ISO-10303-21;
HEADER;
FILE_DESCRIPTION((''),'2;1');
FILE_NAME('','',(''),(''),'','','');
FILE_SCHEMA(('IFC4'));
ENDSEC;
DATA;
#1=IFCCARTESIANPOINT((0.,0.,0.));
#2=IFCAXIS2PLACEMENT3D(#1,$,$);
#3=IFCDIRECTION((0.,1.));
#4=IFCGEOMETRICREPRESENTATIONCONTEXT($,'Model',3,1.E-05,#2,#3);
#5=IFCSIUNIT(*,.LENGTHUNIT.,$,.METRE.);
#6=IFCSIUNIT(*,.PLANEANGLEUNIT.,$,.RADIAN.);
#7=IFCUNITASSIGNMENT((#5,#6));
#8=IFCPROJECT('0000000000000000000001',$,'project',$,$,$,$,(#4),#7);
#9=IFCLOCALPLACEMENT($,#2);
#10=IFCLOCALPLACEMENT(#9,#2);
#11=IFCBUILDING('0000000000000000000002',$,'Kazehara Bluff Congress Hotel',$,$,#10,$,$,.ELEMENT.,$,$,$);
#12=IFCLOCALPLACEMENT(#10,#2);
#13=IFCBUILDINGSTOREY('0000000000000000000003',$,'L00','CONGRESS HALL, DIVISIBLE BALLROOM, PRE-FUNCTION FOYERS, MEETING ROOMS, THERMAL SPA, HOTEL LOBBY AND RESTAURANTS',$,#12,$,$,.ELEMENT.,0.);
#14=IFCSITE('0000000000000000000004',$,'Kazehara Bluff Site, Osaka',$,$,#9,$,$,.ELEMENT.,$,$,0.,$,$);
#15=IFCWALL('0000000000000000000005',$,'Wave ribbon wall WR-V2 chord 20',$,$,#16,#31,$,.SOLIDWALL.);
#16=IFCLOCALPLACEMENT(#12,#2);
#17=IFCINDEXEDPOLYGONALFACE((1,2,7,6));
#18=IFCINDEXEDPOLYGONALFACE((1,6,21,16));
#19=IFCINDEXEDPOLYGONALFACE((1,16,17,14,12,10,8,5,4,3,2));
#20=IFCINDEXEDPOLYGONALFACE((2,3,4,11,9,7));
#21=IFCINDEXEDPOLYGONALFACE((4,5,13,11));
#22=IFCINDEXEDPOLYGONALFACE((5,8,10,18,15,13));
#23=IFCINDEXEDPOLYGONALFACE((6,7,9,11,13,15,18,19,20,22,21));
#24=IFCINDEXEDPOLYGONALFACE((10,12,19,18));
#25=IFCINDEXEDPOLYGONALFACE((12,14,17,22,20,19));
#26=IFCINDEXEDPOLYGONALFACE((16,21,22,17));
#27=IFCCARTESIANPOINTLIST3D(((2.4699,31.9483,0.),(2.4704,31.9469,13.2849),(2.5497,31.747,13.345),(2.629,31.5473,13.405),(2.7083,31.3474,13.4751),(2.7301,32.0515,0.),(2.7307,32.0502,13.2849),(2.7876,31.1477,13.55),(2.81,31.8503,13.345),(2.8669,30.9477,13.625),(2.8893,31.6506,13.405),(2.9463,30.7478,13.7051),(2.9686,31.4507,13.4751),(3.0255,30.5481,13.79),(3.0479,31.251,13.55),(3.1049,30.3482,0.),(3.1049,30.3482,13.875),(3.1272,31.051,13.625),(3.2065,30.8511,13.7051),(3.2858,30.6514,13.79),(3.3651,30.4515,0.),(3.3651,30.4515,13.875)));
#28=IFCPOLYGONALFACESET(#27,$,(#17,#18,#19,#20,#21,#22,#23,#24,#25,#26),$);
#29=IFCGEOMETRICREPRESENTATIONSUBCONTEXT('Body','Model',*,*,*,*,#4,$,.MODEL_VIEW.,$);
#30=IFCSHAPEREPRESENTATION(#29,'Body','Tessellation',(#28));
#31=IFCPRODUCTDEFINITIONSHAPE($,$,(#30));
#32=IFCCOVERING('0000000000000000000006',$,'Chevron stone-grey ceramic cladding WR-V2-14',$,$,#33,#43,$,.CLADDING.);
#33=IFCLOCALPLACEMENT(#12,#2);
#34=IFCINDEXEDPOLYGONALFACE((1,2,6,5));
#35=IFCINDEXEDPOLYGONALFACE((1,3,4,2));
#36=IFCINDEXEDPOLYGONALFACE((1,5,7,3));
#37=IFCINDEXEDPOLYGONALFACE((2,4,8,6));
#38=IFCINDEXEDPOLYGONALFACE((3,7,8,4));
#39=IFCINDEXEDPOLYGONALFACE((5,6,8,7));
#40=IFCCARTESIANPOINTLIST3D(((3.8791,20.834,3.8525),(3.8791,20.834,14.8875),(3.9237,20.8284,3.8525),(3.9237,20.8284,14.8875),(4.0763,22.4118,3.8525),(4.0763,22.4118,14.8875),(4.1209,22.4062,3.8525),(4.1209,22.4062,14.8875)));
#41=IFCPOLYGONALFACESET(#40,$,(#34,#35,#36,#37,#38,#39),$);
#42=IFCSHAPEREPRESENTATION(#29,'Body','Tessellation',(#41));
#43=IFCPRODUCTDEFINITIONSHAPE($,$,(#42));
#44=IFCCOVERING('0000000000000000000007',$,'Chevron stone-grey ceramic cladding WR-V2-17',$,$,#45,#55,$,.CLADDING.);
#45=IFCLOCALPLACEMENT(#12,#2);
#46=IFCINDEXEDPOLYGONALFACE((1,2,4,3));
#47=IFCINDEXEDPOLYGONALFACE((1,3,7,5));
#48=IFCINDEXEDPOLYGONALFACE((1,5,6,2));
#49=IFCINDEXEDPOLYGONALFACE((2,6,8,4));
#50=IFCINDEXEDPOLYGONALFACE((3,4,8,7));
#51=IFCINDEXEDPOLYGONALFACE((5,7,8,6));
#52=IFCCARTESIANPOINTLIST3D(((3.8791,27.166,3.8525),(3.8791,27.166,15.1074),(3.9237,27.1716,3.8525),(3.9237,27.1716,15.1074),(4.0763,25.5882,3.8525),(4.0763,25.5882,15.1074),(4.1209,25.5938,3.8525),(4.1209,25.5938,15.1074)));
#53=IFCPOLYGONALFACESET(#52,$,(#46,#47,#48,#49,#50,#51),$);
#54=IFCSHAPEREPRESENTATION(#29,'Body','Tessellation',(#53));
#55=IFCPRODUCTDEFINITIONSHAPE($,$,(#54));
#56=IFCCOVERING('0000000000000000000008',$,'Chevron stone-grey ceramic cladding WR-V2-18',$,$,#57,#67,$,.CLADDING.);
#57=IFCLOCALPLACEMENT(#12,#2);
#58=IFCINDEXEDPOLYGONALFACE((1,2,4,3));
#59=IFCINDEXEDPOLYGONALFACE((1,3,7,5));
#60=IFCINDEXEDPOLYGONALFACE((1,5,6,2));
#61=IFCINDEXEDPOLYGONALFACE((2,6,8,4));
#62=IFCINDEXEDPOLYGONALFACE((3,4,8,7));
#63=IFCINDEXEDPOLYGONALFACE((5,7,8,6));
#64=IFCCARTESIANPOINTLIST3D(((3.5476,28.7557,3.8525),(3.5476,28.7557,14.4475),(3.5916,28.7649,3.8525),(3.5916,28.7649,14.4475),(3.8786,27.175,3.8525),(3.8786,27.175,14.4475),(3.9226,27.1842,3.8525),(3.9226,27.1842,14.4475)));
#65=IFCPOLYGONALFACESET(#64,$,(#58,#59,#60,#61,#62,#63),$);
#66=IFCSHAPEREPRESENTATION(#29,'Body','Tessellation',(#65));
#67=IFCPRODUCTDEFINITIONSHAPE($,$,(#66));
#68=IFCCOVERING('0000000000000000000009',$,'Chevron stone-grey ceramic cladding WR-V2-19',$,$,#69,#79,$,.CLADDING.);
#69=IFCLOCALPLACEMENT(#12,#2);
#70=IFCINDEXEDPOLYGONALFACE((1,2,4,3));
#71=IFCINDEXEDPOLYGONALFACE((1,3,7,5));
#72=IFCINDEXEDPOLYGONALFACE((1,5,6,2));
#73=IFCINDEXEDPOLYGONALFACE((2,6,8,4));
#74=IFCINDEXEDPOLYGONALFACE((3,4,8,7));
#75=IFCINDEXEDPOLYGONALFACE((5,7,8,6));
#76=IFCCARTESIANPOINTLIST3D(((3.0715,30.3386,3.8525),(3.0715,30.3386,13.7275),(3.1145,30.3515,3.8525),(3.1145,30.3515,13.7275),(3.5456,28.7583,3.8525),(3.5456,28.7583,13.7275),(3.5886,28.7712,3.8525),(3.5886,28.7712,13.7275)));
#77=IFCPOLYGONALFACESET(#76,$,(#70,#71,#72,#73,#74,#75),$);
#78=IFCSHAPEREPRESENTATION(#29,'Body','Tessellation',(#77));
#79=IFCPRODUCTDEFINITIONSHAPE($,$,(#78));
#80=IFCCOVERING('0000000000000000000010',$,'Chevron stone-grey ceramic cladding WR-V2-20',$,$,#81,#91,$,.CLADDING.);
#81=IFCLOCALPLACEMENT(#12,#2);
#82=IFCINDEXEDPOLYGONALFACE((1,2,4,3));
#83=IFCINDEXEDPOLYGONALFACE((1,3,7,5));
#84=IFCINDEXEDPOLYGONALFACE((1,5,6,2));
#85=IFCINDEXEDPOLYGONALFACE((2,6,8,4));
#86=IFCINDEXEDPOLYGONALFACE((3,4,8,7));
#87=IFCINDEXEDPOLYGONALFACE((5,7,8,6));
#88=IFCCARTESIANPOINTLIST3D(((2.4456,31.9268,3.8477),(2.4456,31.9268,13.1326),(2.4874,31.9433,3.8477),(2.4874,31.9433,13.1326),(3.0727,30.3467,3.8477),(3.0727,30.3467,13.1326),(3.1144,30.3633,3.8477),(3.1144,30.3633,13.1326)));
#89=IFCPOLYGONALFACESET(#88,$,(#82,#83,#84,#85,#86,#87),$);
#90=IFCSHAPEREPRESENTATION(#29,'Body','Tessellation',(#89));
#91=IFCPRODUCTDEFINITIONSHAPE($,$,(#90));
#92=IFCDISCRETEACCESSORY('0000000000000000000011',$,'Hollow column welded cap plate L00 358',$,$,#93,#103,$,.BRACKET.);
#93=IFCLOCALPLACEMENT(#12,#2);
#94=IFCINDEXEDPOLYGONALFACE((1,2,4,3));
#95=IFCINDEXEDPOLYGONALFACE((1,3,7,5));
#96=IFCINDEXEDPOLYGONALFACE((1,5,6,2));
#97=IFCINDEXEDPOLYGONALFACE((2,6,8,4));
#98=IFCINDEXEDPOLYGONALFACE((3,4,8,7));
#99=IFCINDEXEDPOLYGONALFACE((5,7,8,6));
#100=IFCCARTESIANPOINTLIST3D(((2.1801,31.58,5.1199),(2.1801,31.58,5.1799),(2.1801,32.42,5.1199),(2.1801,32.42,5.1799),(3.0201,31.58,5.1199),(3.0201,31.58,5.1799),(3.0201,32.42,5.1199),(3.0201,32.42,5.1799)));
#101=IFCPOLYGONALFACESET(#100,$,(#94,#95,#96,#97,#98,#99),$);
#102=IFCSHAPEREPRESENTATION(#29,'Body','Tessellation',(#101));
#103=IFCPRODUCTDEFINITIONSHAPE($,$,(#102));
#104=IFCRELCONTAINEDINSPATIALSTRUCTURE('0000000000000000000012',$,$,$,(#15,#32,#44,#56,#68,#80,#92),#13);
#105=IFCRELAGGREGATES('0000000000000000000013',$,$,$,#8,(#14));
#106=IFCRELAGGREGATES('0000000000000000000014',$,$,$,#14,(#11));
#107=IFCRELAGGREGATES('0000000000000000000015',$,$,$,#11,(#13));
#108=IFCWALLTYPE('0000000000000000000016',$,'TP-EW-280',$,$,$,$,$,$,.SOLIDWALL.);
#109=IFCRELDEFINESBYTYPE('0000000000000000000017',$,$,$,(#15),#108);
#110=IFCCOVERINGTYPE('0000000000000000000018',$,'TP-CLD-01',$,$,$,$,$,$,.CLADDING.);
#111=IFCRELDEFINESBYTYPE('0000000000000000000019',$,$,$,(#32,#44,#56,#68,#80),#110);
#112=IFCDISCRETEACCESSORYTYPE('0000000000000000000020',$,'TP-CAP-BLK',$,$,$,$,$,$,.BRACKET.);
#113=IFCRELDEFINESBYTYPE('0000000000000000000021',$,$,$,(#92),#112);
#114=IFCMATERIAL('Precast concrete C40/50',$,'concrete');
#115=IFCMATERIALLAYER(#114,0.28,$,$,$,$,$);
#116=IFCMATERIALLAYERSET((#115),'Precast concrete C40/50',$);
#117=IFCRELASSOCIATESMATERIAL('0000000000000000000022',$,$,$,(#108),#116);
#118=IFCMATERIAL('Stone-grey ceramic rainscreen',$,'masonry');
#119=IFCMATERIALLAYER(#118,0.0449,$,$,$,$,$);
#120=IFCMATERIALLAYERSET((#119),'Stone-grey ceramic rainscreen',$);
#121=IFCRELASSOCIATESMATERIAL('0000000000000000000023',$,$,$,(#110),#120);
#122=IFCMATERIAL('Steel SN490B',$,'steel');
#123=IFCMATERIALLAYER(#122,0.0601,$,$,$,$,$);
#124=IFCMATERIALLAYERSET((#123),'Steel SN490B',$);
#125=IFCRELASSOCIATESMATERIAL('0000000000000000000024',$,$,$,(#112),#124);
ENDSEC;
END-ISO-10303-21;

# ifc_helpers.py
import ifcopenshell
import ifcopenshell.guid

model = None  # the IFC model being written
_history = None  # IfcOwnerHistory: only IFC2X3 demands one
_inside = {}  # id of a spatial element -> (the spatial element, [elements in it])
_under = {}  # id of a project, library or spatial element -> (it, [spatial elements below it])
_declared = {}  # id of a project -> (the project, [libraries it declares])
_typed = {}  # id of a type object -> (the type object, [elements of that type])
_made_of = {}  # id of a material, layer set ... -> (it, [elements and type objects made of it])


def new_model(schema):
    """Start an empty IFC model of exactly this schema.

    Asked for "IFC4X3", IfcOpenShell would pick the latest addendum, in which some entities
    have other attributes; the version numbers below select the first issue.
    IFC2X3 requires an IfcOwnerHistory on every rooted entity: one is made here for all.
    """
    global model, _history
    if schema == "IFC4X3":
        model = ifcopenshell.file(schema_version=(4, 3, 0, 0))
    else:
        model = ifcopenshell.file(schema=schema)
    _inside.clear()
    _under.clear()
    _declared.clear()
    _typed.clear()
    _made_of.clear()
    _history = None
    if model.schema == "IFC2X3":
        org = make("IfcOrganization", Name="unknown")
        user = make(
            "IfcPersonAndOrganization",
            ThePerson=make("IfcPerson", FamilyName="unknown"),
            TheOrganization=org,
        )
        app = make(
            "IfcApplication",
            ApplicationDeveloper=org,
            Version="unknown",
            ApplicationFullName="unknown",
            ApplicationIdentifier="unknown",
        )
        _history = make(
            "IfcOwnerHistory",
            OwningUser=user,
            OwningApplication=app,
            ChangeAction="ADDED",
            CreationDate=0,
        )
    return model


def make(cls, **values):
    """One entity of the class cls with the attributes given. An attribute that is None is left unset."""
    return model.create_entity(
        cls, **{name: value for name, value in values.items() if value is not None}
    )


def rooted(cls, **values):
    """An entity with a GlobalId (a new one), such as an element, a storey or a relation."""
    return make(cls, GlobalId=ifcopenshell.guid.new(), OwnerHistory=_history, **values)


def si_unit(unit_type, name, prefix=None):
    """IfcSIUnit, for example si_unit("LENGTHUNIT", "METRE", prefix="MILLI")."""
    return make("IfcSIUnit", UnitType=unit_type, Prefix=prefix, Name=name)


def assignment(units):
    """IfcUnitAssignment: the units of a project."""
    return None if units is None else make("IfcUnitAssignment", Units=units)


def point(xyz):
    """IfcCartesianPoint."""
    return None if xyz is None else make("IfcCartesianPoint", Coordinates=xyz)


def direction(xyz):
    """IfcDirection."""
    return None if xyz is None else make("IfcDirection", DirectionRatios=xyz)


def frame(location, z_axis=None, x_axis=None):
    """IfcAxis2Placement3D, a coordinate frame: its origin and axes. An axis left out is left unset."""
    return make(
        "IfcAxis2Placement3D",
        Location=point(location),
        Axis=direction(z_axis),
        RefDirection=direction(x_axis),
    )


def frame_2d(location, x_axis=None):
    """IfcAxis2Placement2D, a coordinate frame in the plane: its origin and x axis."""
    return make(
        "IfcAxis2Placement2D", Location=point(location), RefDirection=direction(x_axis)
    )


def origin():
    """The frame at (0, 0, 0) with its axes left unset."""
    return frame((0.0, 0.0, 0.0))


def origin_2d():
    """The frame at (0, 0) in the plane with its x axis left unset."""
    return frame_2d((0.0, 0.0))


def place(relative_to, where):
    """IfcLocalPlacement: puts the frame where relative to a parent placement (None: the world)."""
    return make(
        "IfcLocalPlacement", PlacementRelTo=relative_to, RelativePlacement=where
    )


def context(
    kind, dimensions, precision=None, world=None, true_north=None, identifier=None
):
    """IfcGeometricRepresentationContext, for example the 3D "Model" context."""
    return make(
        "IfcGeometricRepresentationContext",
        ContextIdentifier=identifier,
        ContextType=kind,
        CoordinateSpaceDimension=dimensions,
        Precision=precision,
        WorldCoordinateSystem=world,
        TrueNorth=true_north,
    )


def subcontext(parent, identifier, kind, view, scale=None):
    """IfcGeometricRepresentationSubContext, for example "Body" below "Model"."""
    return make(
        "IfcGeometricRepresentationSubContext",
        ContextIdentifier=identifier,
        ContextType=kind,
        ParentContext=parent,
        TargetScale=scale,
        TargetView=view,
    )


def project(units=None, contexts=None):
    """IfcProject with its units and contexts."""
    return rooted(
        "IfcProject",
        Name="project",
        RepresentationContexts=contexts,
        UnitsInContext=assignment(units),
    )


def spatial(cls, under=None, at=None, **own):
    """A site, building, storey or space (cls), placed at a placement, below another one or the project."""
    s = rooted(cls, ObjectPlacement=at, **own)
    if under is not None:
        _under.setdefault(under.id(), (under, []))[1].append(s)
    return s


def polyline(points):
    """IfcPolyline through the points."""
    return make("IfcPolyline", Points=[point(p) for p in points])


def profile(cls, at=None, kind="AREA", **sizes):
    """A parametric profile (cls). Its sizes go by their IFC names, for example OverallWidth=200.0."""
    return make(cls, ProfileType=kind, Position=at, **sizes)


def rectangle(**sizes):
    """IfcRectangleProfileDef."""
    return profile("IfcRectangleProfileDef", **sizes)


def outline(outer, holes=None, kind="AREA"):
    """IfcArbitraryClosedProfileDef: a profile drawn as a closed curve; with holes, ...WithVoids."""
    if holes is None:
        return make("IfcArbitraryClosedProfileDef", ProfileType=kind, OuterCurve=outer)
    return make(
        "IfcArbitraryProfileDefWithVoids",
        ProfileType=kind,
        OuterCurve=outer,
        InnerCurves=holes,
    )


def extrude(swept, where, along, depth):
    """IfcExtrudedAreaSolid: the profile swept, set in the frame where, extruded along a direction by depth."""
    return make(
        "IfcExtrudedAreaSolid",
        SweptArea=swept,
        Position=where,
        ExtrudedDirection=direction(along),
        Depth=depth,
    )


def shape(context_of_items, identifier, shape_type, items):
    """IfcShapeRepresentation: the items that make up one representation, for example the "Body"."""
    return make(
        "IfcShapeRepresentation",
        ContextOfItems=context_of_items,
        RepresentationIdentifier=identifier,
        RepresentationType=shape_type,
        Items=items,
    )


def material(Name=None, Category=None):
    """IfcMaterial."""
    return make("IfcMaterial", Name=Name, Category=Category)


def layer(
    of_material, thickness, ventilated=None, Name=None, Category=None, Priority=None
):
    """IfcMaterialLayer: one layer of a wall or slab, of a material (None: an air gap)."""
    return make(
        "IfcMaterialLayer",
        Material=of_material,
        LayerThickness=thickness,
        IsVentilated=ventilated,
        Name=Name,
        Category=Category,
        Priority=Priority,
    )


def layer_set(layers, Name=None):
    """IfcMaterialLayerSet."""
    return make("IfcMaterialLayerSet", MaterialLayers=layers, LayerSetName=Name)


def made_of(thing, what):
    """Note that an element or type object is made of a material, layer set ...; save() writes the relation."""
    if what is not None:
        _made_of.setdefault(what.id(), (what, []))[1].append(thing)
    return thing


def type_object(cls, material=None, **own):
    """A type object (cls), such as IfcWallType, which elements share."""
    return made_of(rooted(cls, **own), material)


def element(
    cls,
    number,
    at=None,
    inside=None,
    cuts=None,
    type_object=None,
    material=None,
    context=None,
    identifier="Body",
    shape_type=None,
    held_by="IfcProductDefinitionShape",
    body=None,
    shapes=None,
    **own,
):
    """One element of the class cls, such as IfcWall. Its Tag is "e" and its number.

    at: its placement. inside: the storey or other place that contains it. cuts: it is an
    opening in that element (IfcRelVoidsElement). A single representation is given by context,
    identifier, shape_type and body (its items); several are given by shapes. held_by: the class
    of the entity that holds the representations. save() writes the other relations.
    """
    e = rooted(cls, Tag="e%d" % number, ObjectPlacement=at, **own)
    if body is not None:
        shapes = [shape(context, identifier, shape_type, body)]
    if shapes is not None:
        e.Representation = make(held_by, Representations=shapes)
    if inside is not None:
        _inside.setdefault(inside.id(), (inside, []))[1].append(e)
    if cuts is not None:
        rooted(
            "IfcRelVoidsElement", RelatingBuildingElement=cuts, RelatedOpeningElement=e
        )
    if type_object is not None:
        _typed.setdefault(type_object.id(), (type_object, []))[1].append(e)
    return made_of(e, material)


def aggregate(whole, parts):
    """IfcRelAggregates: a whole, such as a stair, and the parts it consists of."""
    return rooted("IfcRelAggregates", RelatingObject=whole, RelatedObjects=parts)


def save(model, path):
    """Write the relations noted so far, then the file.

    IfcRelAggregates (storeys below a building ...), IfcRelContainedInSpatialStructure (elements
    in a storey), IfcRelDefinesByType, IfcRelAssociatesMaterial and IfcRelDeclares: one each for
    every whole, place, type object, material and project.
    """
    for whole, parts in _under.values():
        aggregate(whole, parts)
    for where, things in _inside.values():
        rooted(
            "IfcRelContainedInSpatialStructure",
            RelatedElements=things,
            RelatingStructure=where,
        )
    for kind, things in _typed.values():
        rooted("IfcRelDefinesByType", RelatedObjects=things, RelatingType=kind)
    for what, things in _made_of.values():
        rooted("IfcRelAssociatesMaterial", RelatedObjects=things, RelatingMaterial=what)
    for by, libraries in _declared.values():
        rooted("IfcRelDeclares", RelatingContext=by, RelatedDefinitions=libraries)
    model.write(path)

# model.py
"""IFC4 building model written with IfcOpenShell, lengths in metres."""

from ifc_helpers import new_model, si_unit, direction, frame, origin, origin_2d, place, context, subcontext, project, spatial, polyline, rectangle, outline, extrude, material, layer, layer_set, type_object, element, save


model = new_model("IFC4")

# Units and contexts
model_context = context("Model", 3, precision=1e-05, world=origin(), true_north=direction((0.0, 1.0)))
body_context = subcontext(model_context, "Body", "Model", "MODEL_VIEW")
ifc_project = project(units=[si_unit("LENGTHUNIT", "METRE"), si_unit("PLANEANGLEUNIT", "RADIAN")], contexts=[model_context])

# Site, building, storey
site_placement = place(None, origin())
site = spatial("IfcSite", under=ifc_project, at=site_placement, Name="Kazehara Bluff Site, Osaka", CompositionType="ELEMENT", RefElevation=0.0)
building_placement = place(site_placement, origin())
building = spatial("IfcBuilding", under=site, at=building_placement, Name="Kazehara Bluff Congress Hotel", CompositionType="ELEMENT")
storey_placement = place(building_placement, origin())
storey = spatial("IfcBuildingStorey", under=building, at=storey_placement, Name="L00", Description="CONGRESS HALL, DIVISIBLE BALLROOM, PRE-FUNCTION FOYERS, MEETING ROOMS, THERMAL SPA, HOTEL LOBBY AND RESTAURANTS", CompositionType="ELEMENT", Elevation=0.0)

# Shared definitions
ifc_material_1 = material(Name="Precast concrete C40/50", Category="concrete")
ifc_layer_1 = layer(ifc_material_1, 0.28)
ifc_layer_set_1 = layer_set([ifc_layer_1], Name="Precast concrete C40/50")
wall_type_1 = type_object("IfcWallType", Name="TP-EW-280", PredefinedType="SOLIDWALL", material=ifc_layer_set_1)

# Wall
wall_1_placement = place(storey_placement, frame((3.2351, 30.3999, 0.0), z_axis=(0.0, 0.0, 1.0), x_axis=(-0.368871, 0.929481, 0.0)))
element("IfcWall", 1, at=wall_1_placement, inside=storey, type_object=wall_type_1, Name="Wave ribbon wall WR-V2 chord 20", PredefinedType="SOLIDWALL", context=body_context, shape_type="SweptSolid", body=[
    extrude(outline(polyline([(0.0, 0.0), (1.7214, 0.0), (1.72, 13.2849), (1.5049, 13.345), (1.29, 13.405), (1.075, 13.4751), (0.8601, 13.55), (0.645, 13.625), (0.4299, 13.7051), (0.2151, 13.79), (0.0, 13.875), (0.0, 0.0)])), frame((0.0, 0.1401, 0.0), z_axis=(0.0, -1.0, 0.0), x_axis=(1.0, 0.0, 0.0)), (0.0, 0.0, 1.0), 0.28),
])

# Coverings
ifc_material_2 = material(Name="Stone-grey ceramic rainscreen", Category="masonry")
ifc_layer_2 = layer(ifc_material_2, 0.0449)
ifc_layer_set_2 = layer_set([ifc_layer_2], Name="Stone-grey ceramic rainscreen")
covering_type_1 = type_object("IfcCoveringType", Name="TP-CLD-01", PredefinedType="CLADDING", material=ifc_layer_set_2)
covering_1_placement = place(storey_placement, frame((4.0, 21.6201, 3.8525), z_axis=(0.0, 0.0, 1.0), x_axis=(0.124034, 0.992278, 0.0)))
element("IfcCovering", 2, at=covering_1_placement, inside=storey, type_object=covering_type_1, Name="Chevron stone-grey ceramic cladding WR-V2-14", PredefinedType="CLADDING", context=body_context, shape_type="SweptSolid", body=[
    extrude(rectangle(XDim=1.5901, YDim=0.0449, at=origin_2d()), origin(), (0.0, 0.0, 1.0), 11.0349),
])
covering_2_placement = place(storey_placement, frame((4.0, 26.3799, 3.8525), z_axis=(0.0, 0.0, 1.0), x_axis=(-0.124034, 0.992278, 0.0)))
element("IfcCovering", 3, at=covering_2_placement, inside=storey, type_object=covering_type_1, Name="Chevron stone-grey ceramic cladding WR-V2-17", PredefinedType="CLADDING", context=body_context, shape_type="SweptSolid", body=[
    extrude(rectangle(XDim=1.5901, YDim=0.0449, at=origin_2d()), origin(), (0.0, 0.0, 1.0), 11.2549),
])
covering_3_placement = place(storey_placement, frame((3.7351, 27.97, 3.8525), z_axis=(0.0, 0.0, 1.0), x_axis=(-0.204932, 0.978776, 0.0)))
element("IfcCovering", 4, at=covering_3_placement, inside=storey, type_object=covering_type_1, Name="Chevron stone-grey ceramic cladding WR-V2-18", PredefinedType="CLADDING", context=body_context, shape_type="SweptSolid", body=[
    extrude(rectangle(XDim=1.615, YDim=0.0449, at=origin_2d()), origin(), (0.0, 0.0, 1.0), 10.595),
])
covering_4_placement = place(storey_placement, frame((3.3301, 29.5549, 3.8525), z_axis=(0.0, 0.0, 1.0), x_axis=(-0.287347, 0.957827, 0.0)))
element("IfcCovering", 5, at=covering_4_placement, inside=storey, type_object=covering_type_1, Name="Chevron stone-grey ceramic cladding WR-V2-19", PredefinedType="CLADDING", context=body_context, shape_type="SweptSolid", body=[
    extrude(rectangle(XDim=1.6499, YDim=0.0449, at=origin_2d()), origin(), (0.0, 0.0, 1.0), 9.875),
])
covering_5_placement = place(storey_placement, frame((2.78, 31.145, 3.8477), z_axis=(0.0, 0.0, 1.0), x_axis=(-0.368886, 0.929475, 0.0)))
element("IfcCovering", 6, at=covering_5_placement, inside=storey, type_object=covering_type_1, Name="Chevron stone-grey ceramic cladding WR-V2-20", PredefinedType="CLADDING", context=body_context, shape_type="SweptSolid", body=[
    extrude(rectangle(XDim=1.7, YDim=0.0449, at=origin_2d()), origin(), (0.0, 0.0, 1.0), 9.2849),
])

# Discrete accessory
ifc_material_3 = material(Name="Steel SN490B", Category="steel")
ifc_layer_3 = layer(ifc_material_3, 0.0601)
ifc_layer_set_3 = layer_set([ifc_layer_3], Name="Steel SN490B")
discrete_accessory_type = type_object("IfcDiscreteAccessoryType", Name="TP-CAP-BLK", PredefinedType="BRACKET", material=ifc_layer_set_3)
discrete_accessory_placement = place(storey_placement, frame((2.6001, 32.0, 5.1199), z_axis=(0.0, 0.0, 1.0), x_axis=(1.0, 0.0, 0.0)))
element("IfcDiscreteAccessory", 7, at=discrete_accessory_placement, inside=storey, type_object=discrete_accessory_type, Name="Hollow column welded cap plate L00 358", PredefinedType="BRACKET", context=body_context, shape_type="SweptSolid", body=[
    extrude(rectangle(XDim=0.8401, YDim=0.8401, at=origin_2d()), origin(), (0.0, 0.0, 1.0), 0.0601),
])

save(model, "model.ifc")
